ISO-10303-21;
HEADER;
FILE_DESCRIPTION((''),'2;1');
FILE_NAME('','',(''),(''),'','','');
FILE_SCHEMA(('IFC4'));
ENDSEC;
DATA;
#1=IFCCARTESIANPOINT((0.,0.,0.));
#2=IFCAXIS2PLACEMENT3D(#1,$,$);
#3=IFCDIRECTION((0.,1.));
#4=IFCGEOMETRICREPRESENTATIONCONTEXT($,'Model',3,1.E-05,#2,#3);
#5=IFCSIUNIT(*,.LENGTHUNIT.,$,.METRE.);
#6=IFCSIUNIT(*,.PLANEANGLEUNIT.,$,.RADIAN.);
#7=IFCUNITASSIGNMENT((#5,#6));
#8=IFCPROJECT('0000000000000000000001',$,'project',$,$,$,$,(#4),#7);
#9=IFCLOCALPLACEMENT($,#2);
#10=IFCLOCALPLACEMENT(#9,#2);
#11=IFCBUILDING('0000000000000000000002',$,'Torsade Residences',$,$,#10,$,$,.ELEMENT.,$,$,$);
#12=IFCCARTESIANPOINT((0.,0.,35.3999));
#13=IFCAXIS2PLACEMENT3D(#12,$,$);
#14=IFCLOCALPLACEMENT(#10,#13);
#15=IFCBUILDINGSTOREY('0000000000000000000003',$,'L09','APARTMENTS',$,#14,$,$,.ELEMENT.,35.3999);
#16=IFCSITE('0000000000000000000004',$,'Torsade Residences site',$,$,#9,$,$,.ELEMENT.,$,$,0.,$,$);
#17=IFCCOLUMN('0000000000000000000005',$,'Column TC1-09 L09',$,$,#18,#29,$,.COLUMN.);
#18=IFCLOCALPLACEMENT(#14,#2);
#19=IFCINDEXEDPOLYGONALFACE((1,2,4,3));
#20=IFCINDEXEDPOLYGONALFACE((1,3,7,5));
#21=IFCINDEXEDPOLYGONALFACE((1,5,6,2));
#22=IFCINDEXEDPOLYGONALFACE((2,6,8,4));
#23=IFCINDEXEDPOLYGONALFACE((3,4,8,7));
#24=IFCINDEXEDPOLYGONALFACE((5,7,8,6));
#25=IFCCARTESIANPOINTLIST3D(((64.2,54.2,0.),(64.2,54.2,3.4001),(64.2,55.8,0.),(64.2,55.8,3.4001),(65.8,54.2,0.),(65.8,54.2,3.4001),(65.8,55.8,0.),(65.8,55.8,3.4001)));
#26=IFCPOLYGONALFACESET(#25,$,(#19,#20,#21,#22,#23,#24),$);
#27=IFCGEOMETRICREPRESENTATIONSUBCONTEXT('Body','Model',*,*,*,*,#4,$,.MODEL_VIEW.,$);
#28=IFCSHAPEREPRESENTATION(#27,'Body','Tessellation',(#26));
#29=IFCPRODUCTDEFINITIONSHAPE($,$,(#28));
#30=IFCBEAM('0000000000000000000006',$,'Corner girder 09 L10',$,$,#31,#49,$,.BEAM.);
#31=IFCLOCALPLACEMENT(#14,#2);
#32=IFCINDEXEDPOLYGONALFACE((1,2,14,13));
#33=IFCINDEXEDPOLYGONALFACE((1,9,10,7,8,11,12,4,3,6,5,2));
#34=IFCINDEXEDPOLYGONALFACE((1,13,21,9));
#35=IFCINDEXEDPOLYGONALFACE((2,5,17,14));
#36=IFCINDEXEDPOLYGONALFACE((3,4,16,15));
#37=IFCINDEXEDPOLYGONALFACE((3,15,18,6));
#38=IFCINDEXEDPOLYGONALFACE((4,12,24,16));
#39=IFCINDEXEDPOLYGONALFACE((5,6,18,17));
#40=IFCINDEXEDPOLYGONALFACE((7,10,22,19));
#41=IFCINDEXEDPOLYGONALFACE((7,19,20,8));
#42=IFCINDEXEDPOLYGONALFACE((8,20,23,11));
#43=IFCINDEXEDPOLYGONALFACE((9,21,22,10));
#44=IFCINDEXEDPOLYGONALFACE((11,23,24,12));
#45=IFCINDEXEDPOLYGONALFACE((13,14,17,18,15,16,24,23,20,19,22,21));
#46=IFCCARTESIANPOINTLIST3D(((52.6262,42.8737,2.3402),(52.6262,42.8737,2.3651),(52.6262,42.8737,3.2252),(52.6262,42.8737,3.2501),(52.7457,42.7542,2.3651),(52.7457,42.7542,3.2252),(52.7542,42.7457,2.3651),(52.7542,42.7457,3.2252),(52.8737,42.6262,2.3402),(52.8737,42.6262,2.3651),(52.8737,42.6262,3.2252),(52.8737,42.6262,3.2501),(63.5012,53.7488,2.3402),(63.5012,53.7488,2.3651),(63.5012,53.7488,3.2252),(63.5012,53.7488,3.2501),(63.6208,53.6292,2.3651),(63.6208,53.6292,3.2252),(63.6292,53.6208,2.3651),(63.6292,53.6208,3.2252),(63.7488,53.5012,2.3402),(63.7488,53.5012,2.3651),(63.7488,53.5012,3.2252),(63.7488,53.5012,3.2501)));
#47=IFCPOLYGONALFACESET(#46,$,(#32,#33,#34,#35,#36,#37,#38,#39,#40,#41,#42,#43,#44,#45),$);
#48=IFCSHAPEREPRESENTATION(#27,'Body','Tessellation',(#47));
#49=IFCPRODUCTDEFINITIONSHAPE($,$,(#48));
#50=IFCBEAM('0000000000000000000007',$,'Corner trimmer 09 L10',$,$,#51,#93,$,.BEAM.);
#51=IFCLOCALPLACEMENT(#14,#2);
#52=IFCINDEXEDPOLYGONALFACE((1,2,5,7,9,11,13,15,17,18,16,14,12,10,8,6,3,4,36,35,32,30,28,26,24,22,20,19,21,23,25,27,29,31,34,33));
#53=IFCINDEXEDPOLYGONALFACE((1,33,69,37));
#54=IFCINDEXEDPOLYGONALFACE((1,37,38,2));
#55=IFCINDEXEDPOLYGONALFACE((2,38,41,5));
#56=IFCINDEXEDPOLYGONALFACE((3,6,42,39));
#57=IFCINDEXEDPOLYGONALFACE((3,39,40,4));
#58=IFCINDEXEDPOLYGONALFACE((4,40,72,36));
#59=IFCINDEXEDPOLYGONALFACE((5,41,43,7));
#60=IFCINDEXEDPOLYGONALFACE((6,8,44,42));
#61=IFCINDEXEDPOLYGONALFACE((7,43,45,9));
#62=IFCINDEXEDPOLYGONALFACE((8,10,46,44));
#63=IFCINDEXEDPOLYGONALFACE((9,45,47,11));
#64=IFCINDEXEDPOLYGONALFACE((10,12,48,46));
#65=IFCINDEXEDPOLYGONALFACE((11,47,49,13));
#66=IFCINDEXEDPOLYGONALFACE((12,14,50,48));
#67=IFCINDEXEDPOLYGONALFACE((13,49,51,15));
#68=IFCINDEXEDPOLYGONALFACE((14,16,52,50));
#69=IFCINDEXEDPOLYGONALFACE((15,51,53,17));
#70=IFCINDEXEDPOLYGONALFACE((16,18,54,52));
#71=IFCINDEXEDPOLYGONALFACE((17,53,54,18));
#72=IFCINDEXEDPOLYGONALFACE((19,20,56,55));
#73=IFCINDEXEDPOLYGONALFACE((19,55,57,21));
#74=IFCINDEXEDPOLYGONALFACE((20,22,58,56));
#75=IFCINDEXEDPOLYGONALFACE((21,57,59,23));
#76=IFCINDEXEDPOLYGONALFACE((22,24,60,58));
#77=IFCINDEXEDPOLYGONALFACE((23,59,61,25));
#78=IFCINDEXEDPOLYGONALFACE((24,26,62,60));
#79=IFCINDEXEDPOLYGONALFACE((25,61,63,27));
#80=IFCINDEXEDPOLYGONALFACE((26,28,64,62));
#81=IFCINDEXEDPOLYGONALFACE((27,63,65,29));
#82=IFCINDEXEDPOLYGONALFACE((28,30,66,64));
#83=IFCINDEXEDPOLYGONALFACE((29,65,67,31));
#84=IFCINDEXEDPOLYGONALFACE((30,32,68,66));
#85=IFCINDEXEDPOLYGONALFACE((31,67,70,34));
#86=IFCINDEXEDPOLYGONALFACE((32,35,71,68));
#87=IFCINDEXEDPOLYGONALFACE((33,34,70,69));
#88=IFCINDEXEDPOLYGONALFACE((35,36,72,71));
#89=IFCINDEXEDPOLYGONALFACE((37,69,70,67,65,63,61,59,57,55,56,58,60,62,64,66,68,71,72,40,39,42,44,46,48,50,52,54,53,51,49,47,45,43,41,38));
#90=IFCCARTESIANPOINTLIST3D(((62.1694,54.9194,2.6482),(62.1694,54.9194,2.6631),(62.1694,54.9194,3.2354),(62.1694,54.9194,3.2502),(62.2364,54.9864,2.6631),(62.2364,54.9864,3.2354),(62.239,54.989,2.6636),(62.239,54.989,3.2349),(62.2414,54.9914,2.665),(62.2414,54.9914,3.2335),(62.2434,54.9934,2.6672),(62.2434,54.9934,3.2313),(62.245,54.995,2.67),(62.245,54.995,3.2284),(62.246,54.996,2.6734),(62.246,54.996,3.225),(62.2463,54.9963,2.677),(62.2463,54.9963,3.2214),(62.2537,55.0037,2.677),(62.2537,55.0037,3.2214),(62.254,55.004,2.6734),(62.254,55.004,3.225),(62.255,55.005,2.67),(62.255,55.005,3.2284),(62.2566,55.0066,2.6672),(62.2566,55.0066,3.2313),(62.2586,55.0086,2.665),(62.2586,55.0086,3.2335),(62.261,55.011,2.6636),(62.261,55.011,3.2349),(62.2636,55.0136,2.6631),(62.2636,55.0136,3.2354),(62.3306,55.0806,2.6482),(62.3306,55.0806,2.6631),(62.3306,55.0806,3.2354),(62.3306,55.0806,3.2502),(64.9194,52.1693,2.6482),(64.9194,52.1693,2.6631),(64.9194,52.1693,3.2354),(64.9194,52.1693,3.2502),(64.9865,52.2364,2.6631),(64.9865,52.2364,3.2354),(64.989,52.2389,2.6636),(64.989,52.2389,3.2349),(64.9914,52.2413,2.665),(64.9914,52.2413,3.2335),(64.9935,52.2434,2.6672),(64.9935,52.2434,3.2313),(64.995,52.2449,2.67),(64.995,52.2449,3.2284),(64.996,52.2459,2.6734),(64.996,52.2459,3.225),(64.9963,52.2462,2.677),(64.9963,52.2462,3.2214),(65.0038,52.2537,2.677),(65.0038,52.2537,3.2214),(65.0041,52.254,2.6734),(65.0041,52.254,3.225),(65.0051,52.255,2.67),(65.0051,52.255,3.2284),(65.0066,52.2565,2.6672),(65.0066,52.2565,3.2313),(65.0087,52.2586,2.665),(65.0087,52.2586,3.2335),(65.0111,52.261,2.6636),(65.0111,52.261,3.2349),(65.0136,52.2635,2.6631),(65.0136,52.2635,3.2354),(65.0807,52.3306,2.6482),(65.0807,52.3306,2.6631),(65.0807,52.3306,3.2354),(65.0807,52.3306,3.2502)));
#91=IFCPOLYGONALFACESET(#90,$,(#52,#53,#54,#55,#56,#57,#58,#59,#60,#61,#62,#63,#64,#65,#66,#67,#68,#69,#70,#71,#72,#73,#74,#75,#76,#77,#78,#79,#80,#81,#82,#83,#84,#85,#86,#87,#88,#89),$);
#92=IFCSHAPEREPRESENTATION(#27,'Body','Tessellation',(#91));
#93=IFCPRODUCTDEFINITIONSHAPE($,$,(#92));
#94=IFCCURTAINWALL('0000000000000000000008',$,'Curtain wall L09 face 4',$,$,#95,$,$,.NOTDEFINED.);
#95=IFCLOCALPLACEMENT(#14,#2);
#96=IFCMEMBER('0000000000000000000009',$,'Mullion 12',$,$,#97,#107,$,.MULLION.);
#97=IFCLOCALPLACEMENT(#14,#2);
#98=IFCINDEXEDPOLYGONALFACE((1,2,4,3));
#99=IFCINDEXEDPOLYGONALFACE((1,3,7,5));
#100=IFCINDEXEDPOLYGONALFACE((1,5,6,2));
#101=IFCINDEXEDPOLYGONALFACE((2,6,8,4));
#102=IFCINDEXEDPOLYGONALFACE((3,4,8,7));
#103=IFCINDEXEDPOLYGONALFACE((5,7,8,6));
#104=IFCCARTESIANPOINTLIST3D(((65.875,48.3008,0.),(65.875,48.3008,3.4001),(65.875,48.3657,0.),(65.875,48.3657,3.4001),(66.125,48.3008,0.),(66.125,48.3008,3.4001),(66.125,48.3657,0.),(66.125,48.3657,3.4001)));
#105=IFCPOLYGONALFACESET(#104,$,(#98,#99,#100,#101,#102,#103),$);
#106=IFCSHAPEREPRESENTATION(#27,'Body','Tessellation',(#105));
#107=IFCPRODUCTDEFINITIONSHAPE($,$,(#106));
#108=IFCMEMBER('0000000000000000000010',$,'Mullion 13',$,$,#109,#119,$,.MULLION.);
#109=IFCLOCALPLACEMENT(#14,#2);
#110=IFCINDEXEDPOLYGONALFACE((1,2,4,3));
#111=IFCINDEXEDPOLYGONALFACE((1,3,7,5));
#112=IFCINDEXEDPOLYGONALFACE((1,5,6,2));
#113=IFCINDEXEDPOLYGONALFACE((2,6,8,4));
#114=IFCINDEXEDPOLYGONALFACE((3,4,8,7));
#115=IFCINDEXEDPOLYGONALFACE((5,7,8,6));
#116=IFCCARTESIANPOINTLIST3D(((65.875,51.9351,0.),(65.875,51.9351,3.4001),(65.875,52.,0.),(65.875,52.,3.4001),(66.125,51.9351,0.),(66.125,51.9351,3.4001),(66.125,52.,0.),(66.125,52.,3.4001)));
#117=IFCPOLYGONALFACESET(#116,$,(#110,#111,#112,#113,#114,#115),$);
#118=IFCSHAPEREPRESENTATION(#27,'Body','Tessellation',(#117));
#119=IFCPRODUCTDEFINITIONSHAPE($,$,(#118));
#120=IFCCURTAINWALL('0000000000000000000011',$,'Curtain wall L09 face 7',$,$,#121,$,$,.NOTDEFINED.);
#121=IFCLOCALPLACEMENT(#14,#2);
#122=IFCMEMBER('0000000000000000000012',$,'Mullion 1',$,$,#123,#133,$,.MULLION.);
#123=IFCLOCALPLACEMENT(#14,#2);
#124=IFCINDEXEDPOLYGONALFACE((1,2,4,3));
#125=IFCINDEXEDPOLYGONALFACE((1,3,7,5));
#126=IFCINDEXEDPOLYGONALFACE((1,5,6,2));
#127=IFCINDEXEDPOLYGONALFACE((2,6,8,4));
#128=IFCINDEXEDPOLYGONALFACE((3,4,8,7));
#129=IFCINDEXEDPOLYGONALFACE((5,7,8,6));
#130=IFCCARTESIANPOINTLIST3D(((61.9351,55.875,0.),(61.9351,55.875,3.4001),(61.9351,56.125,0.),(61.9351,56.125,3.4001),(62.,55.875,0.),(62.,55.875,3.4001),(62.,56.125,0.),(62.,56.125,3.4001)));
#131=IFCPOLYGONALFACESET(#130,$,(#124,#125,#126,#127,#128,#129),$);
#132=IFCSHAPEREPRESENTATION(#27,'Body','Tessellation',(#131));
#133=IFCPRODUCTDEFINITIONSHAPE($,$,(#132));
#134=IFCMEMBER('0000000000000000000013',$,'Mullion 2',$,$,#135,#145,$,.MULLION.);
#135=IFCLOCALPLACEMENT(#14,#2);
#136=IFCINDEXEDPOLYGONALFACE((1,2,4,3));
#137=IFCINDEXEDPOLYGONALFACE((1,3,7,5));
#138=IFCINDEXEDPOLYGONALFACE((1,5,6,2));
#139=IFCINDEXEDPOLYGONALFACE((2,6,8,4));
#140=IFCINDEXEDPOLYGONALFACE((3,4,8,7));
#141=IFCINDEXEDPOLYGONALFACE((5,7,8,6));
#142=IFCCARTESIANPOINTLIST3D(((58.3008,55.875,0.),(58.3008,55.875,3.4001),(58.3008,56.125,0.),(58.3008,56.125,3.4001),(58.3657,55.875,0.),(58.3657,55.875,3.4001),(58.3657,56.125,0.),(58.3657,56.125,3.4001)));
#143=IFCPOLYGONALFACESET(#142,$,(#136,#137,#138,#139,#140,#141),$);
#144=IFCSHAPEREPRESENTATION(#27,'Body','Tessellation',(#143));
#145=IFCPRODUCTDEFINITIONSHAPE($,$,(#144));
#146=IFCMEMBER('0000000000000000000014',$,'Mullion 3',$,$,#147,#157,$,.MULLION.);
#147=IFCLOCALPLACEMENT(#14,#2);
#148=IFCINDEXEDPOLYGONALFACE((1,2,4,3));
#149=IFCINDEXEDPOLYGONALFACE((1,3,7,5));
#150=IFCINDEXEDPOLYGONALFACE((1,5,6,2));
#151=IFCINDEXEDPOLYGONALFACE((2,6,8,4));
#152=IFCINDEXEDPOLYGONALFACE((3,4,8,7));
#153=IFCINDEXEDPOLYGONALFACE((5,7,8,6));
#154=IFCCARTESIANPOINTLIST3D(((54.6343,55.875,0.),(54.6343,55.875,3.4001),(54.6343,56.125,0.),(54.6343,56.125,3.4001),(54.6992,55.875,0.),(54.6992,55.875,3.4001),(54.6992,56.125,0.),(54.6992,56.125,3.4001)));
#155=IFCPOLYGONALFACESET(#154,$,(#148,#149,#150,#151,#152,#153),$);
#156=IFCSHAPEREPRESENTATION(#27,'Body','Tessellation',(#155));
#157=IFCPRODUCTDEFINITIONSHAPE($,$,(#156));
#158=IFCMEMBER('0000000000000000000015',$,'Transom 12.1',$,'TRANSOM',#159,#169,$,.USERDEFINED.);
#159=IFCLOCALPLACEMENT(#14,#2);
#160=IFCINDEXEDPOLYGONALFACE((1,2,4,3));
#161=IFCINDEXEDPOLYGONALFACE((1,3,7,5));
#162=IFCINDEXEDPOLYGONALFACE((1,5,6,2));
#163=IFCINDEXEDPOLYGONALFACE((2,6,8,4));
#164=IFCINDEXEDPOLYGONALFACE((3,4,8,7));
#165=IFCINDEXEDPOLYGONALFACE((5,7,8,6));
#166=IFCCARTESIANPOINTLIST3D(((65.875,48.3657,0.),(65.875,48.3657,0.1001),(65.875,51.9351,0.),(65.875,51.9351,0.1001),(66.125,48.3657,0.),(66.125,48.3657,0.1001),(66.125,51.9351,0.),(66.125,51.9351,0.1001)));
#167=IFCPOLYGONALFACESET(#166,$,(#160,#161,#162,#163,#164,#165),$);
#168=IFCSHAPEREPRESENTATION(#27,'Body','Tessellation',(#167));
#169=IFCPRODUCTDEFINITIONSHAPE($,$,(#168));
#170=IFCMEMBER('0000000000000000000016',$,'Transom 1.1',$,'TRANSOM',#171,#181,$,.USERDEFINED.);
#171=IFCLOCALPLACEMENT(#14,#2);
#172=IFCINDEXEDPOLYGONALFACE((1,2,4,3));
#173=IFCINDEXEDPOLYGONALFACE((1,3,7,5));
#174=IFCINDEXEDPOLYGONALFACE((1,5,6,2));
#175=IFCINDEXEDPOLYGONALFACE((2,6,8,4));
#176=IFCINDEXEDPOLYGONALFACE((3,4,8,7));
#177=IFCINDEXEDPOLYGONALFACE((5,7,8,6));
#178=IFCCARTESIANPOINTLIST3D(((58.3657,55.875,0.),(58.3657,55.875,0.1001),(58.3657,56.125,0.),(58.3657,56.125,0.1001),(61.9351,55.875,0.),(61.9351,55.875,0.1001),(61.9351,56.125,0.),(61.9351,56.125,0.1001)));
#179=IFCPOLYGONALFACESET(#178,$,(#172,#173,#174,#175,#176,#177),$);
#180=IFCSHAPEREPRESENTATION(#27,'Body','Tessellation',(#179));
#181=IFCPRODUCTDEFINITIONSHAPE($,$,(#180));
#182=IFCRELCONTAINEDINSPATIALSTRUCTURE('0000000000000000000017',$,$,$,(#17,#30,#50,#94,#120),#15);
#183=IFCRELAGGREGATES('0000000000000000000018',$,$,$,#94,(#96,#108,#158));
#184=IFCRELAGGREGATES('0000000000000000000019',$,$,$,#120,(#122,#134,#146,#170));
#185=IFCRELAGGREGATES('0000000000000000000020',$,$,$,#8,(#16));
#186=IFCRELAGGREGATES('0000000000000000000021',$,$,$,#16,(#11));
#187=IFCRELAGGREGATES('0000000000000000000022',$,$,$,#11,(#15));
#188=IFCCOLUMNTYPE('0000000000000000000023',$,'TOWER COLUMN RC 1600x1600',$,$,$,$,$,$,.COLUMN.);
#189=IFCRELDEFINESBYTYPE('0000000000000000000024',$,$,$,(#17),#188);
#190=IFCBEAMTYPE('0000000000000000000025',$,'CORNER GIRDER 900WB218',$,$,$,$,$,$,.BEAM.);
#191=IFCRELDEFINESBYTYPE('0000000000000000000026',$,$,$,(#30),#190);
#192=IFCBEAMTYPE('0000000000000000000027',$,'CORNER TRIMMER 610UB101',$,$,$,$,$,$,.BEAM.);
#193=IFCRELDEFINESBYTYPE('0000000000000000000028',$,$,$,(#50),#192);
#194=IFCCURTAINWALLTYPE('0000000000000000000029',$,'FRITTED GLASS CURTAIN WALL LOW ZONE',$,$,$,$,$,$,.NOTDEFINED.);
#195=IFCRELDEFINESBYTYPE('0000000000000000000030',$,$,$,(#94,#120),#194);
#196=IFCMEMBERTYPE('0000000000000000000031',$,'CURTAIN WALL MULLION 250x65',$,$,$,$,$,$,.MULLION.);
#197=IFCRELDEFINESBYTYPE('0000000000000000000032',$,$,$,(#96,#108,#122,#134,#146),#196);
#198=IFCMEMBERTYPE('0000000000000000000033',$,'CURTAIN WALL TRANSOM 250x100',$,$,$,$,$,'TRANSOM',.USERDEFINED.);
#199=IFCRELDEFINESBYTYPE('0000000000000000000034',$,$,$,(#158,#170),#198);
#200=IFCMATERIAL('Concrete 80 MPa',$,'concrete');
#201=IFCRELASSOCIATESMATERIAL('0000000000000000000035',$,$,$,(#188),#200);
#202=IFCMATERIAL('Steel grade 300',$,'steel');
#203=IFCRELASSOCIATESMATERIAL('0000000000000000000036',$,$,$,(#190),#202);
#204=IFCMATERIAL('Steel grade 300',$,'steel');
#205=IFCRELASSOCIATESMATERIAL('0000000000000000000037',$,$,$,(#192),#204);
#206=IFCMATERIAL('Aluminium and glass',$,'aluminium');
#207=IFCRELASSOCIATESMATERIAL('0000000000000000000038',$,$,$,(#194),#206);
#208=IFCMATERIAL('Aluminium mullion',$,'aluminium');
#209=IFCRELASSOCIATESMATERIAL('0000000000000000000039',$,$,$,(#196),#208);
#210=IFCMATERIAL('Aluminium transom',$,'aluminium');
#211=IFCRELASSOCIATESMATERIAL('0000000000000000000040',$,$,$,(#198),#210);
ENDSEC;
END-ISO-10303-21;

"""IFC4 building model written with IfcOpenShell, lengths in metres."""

from ifc_helpers import new_model, si_unit, direction, frame, origin, origin_2d, place, context, subcontext, project, spatial, rectangle, i_section, extrude, material, material_profile, profile_set, type_object, element, aggregate, save


model = new_model("IFC4")

# Units and contexts
model_context = context("Model", 3, precision=1e-05, world=origin(), true_north=direction((0.0, 1.0)))
body_context = subcontext(model_context, "Body", "Model", "MODEL_VIEW")
ifc_project = project(units=[si_unit("LENGTHUNIT", "METRE"), si_unit("PLANEANGLEUNIT", "RADIAN")], contexts=[model_context])

# Site, building, storey
site_placement = place(None, origin())
site = spatial("IfcSite", under=ifc_project, at=site_placement, Name="Torsade Residences site", CompositionType="ELEMENT", RefElevation=0.0)
building_placement = place(site_placement, origin())
building = spatial("IfcBuilding", under=site, at=building_placement, Name="Torsade Residences", CompositionType="ELEMENT")
storey_placement = place(building_placement, frame((0.0, 0.0, 35.3999)))
storey = spatial("IfcBuildingStorey", under=building, at=storey_placement, Name="L09", Description="APARTMENTS", CompositionType="ELEMENT", Elevation=35.3999)

# Column
ifc_material_1 = material(Name="Concrete 80 MPa", Category="concrete")
ifc_material_profile_1 = material_profile(ifc_material_1, rectangle(XDim=1.6001, YDim=1.6001, at=origin_2d()), Name="RC 1600x1600")
ifc_profile_set_1 = profile_set([ifc_material_profile_1], Name="Concrete 80 MPa")
column_type = type_object("IfcColumnType", Name="TOWER COLUMN RC 1600x1600", PredefinedType="COLUMN", material=ifc_profile_set_1)
column_placement = place(storey_placement, frame((65.0, 55.0, 0.0), z_axis=(0.0, 0.0, 1.0), x_axis=(1.0, 0.0, 0.0)))
element("IfcColumn", 1, at=column_placement, inside=storey, type_object=column_type, Name="Column TC1-09 L09", PredefinedType="COLUMN", context=body_context, shape_type="SweptSolid", body=[
    extrude(rectangle(XDim=1.6001, YDim=1.6001, at=origin_2d()), origin(), (0.0, 0.0, 1.0), 3.4001),
])

# Beams
ifc_material_2 = material(Name="Steel grade 300", Category="steel")
ifc_material_profile_2 = material_profile(ifc_material_2, i_section(OverallWidth=0.3501, OverallDepth=0.9099, WebThickness=0.012, FlangeThickness=0.0249, at=origin_2d()), Name="900WB218")
ifc_profile_set_2 = profile_set([ifc_material_profile_2], Name="Steel grade 300")
beam_type_1 = type_object("IfcBeamType", Name="CORNER GIRDER 900WB218", PredefinedType="BEAM", material=ifc_profile_set_2)
beam_1_placement = place(storey_placement, frame((63.625, 53.625, 2.7952), z_axis=(-0.707107, -0.707107, 0.0), x_axis=(0.707107, -0.707107, 0.0)))
element("IfcBeam", 2, at=beam_1_placement, inside=storey, type_object=beam_type_1, Name="Corner girder 09 L10", PredefinedType="BEAM", context=body_context, shape_type="SweptSolid", body=[
    extrude(i_section(OverallWidth=0.3501, OverallDepth=0.9099, WebThickness=0.012, FlangeThickness=0.0249, at=origin_2d()), origin(), (0.0, 0.0, 1.0), 15.3796),
])
ifc_material_3 = material(Name="Steel grade 300", Category="steel")
ifc_material_profile_3 = material_profile(ifc_material_3, i_section(OverallWidth=0.228, OverallDepth=0.6021, WebThickness=0.0105, FlangeThickness=0.0149, FilletRadius=0.0139, at=origin_2d()), Name="610UB101")
ifc_profile_set_3 = profile_set([ifc_material_profile_3], Name="Steel grade 300")
beam_type_2 = type_object("IfcBeamType", Name="CORNER TRIMMER 610UB101", PredefinedType="BEAM", material=ifc_profile_set_3)
beam_2_placement = place(storey_placement, frame((62.25, 55.0, 2.9492), z_axis=(0.707107, -0.707107, 0.0), x_axis=(0.707107, 0.707107, 0.0)))
element("IfcBeam", 3, at=beam_2_placement, inside=storey, type_object=beam_type_2, Name="Corner trimmer 09 L10", PredefinedType="BEAM", context=body_context, shape_type="SweptSolid", body=[
    extrude(i_section(OverallWidth=0.228, OverallDepth=0.6021, WebThickness=0.0105, FlangeThickness=0.0149, FilletRadius=0.0139, at=origin_2d()), origin(), (0.0, 0.0, 1.0), 3.8892),
])

# Curtain walls, members
ifc_material_4 = material(Name="Aluminium and glass", Category="aluminium")
curtain_wall_type = type_object("IfcCurtainWallType", Name="FRITTED GLASS CURTAIN WALL LOW ZONE", PredefinedType="NOTDEFINED", material=ifc_material_4)
curtain_wall_1_placement = place(storey_placement, origin())
curtain_wall_1 = element("IfcCurtainWall", 4, at=curtain_wall_1_placement, inside=storey, type_object=curtain_wall_type, Name="Curtain wall L09 face 4", PredefinedType="NOTDEFINED")
ifc_material_5 = material(Name="Aluminium mullion", Category="aluminium")
ifc_material_profile_4 = material_profile(ifc_material_5, rectangle(XDim=0.25, YDim=0.0649, at=origin_2d()), Name="CURTAIN WALL MULLION 250x65")
ifc_profile_set_4 = profile_set([ifc_material_profile_4], Name="Aluminium mullion")
member_type_1 = type_object("IfcMemberType", Name="CURTAIN WALL MULLION 250x65", PredefinedType="MULLION", material=ifc_profile_set_4)
member_1_placement = place(storey_placement, frame((66.0, 48.3333, 0.0), z_axis=(0.0, 0.0, 1.0), x_axis=(-1.0, 0.0, 0.0)))
member_1 = element("IfcMember", 5, at=member_1_placement, type_object=member_type_1, Name="Mullion 12", PredefinedType="MULLION", context=body_context, shape_type="SweptSolid", body=[
    extrude(rectangle(XDim=0.25, YDim=0.0649, at=origin_2d()), origin(), (0.0, 0.0, 1.0), 3.4001),
])
member_2_placement = place(storey_placement, frame((66.0, 51.9675, 0.0), z_axis=(0.0, 0.0, 1.0), x_axis=(-1.0, 0.0, 0.0)))
member_2 = element("IfcMember", 6, at=member_2_placement, type_object=member_type_1, Name="Mullion 13", PredefinedType="MULLION", context=body_context, shape_type="SweptSolid", body=[
    extrude(rectangle(XDim=0.25, YDim=0.0649, at=origin_2d()), origin(), (0.0, 0.0, 1.0), 3.4001),
])
curtain_wall_2_placement = place(storey_placement, origin())
curtain_wall_2 = element("IfcCurtainWall", 7, at=curtain_wall_2_placement, inside=storey, type_object=curtain_wall_type, Name="Curtain wall L09 face 7", PredefinedType="NOTDEFINED")
member_3_placement = place(storey_placement, frame((61.9675, 56.0, 0.0), z_axis=(0.0, 0.0, 1.0), x_axis=(0.0, -1.0, 0.0)))
member_3 = element("IfcMember", 8, at=member_3_placement, type_object=member_type_1, Name="Mullion 1", PredefinedType="MULLION", context=body_context, shape_type="SweptSolid", body=[
    extrude(rectangle(XDim=0.25, YDim=0.0649, at=origin_2d()), origin(), (0.0, 0.0, 1.0), 3.4001),
])
member_4_placement = place(storey_placement, frame((58.3333, 56.0, 0.0), z_axis=(0.0, 0.0, 1.0), x_axis=(0.0, -1.0, 0.0)))
member_4 = element("IfcMember", 9, at=member_4_placement, type_object=member_type_1, Name="Mullion 2", PredefinedType="MULLION", context=body_context, shape_type="SweptSolid", body=[
    extrude(rectangle(XDim=0.25, YDim=0.0649, at=origin_2d()), origin(), (0.0, 0.0, 1.0), 3.4001),
])
member_5_placement = place(storey_placement, frame((54.6667, 56.0, 0.0), z_axis=(0.0, 0.0, 1.0), x_axis=(0.0, -1.0, 0.0)))
member_5 = element("IfcMember", 10, at=member_5_placement, type_object=member_type_1, Name="Mullion 3", PredefinedType="MULLION", context=body_context, shape_type="SweptSolid", body=[
    extrude(rectangle(XDim=0.25, YDim=0.0649, at=origin_2d()), origin(), (0.0, 0.0, 1.0), 3.4001),
])

# Members
ifc_material_6 = material(Name="Aluminium transom", Category="aluminium")
ifc_material_profile_5 = material_profile(ifc_material_6, rectangle(XDim=0.25, YDim=0.1001, at=origin_2d()), Name="CURTAIN WALL TRANSOM 250x100")
ifc_profile_set_5 = profile_set([ifc_material_profile_5], Name="Aluminium transom")
member_type_2 = type_object("IfcMemberType", Name="CURTAIN WALL TRANSOM 250x100", ElementType="TRANSOM", PredefinedType="USERDEFINED", material=ifc_profile_set_5)
member_6_placement = place(storey_placement, frame((66.0, 48.3657, 0.05), z_axis=(0.0, 1.0, 0.0), x_axis=(-1.0, 0.0, 0.0)))
member_6 = element("IfcMember", 11, at=member_6_placement, type_object=member_type_2, Name="Transom 12.1", ObjectType="TRANSOM", PredefinedType="USERDEFINED", context=body_context, shape_type="SweptSolid", body=[
    extrude(rectangle(XDim=0.25, YDim=0.1001, at=origin_2d()), origin(), (0.0, 0.0, 1.0), 3.5693),
])
member_7_placement = place(storey_placement, frame((61.9351, 56.0, 0.05), z_axis=(-1.0, 0.0, 0.0), x_axis=(0.0, -1.0, 0.0)))
member_7 = element("IfcMember", 12, at=member_7_placement, type_object=member_type_2, Name="Transom 1.1", ObjectType="TRANSOM", PredefinedType="USERDEFINED", context=body_context, shape_type="SweptSolid", body=[
    extrude(rectangle(XDim=0.25, YDim=0.1001, at=origin_2d()), origin(), (0.0, 0.0, 1.0), 3.5693),
])

aggregate(curtain_wall_1, [member_1, member_2, member_6])
aggregate(curtain_wall_2, [member_3, member_4, member_5, member_7])

save(model, "model.ifc")
